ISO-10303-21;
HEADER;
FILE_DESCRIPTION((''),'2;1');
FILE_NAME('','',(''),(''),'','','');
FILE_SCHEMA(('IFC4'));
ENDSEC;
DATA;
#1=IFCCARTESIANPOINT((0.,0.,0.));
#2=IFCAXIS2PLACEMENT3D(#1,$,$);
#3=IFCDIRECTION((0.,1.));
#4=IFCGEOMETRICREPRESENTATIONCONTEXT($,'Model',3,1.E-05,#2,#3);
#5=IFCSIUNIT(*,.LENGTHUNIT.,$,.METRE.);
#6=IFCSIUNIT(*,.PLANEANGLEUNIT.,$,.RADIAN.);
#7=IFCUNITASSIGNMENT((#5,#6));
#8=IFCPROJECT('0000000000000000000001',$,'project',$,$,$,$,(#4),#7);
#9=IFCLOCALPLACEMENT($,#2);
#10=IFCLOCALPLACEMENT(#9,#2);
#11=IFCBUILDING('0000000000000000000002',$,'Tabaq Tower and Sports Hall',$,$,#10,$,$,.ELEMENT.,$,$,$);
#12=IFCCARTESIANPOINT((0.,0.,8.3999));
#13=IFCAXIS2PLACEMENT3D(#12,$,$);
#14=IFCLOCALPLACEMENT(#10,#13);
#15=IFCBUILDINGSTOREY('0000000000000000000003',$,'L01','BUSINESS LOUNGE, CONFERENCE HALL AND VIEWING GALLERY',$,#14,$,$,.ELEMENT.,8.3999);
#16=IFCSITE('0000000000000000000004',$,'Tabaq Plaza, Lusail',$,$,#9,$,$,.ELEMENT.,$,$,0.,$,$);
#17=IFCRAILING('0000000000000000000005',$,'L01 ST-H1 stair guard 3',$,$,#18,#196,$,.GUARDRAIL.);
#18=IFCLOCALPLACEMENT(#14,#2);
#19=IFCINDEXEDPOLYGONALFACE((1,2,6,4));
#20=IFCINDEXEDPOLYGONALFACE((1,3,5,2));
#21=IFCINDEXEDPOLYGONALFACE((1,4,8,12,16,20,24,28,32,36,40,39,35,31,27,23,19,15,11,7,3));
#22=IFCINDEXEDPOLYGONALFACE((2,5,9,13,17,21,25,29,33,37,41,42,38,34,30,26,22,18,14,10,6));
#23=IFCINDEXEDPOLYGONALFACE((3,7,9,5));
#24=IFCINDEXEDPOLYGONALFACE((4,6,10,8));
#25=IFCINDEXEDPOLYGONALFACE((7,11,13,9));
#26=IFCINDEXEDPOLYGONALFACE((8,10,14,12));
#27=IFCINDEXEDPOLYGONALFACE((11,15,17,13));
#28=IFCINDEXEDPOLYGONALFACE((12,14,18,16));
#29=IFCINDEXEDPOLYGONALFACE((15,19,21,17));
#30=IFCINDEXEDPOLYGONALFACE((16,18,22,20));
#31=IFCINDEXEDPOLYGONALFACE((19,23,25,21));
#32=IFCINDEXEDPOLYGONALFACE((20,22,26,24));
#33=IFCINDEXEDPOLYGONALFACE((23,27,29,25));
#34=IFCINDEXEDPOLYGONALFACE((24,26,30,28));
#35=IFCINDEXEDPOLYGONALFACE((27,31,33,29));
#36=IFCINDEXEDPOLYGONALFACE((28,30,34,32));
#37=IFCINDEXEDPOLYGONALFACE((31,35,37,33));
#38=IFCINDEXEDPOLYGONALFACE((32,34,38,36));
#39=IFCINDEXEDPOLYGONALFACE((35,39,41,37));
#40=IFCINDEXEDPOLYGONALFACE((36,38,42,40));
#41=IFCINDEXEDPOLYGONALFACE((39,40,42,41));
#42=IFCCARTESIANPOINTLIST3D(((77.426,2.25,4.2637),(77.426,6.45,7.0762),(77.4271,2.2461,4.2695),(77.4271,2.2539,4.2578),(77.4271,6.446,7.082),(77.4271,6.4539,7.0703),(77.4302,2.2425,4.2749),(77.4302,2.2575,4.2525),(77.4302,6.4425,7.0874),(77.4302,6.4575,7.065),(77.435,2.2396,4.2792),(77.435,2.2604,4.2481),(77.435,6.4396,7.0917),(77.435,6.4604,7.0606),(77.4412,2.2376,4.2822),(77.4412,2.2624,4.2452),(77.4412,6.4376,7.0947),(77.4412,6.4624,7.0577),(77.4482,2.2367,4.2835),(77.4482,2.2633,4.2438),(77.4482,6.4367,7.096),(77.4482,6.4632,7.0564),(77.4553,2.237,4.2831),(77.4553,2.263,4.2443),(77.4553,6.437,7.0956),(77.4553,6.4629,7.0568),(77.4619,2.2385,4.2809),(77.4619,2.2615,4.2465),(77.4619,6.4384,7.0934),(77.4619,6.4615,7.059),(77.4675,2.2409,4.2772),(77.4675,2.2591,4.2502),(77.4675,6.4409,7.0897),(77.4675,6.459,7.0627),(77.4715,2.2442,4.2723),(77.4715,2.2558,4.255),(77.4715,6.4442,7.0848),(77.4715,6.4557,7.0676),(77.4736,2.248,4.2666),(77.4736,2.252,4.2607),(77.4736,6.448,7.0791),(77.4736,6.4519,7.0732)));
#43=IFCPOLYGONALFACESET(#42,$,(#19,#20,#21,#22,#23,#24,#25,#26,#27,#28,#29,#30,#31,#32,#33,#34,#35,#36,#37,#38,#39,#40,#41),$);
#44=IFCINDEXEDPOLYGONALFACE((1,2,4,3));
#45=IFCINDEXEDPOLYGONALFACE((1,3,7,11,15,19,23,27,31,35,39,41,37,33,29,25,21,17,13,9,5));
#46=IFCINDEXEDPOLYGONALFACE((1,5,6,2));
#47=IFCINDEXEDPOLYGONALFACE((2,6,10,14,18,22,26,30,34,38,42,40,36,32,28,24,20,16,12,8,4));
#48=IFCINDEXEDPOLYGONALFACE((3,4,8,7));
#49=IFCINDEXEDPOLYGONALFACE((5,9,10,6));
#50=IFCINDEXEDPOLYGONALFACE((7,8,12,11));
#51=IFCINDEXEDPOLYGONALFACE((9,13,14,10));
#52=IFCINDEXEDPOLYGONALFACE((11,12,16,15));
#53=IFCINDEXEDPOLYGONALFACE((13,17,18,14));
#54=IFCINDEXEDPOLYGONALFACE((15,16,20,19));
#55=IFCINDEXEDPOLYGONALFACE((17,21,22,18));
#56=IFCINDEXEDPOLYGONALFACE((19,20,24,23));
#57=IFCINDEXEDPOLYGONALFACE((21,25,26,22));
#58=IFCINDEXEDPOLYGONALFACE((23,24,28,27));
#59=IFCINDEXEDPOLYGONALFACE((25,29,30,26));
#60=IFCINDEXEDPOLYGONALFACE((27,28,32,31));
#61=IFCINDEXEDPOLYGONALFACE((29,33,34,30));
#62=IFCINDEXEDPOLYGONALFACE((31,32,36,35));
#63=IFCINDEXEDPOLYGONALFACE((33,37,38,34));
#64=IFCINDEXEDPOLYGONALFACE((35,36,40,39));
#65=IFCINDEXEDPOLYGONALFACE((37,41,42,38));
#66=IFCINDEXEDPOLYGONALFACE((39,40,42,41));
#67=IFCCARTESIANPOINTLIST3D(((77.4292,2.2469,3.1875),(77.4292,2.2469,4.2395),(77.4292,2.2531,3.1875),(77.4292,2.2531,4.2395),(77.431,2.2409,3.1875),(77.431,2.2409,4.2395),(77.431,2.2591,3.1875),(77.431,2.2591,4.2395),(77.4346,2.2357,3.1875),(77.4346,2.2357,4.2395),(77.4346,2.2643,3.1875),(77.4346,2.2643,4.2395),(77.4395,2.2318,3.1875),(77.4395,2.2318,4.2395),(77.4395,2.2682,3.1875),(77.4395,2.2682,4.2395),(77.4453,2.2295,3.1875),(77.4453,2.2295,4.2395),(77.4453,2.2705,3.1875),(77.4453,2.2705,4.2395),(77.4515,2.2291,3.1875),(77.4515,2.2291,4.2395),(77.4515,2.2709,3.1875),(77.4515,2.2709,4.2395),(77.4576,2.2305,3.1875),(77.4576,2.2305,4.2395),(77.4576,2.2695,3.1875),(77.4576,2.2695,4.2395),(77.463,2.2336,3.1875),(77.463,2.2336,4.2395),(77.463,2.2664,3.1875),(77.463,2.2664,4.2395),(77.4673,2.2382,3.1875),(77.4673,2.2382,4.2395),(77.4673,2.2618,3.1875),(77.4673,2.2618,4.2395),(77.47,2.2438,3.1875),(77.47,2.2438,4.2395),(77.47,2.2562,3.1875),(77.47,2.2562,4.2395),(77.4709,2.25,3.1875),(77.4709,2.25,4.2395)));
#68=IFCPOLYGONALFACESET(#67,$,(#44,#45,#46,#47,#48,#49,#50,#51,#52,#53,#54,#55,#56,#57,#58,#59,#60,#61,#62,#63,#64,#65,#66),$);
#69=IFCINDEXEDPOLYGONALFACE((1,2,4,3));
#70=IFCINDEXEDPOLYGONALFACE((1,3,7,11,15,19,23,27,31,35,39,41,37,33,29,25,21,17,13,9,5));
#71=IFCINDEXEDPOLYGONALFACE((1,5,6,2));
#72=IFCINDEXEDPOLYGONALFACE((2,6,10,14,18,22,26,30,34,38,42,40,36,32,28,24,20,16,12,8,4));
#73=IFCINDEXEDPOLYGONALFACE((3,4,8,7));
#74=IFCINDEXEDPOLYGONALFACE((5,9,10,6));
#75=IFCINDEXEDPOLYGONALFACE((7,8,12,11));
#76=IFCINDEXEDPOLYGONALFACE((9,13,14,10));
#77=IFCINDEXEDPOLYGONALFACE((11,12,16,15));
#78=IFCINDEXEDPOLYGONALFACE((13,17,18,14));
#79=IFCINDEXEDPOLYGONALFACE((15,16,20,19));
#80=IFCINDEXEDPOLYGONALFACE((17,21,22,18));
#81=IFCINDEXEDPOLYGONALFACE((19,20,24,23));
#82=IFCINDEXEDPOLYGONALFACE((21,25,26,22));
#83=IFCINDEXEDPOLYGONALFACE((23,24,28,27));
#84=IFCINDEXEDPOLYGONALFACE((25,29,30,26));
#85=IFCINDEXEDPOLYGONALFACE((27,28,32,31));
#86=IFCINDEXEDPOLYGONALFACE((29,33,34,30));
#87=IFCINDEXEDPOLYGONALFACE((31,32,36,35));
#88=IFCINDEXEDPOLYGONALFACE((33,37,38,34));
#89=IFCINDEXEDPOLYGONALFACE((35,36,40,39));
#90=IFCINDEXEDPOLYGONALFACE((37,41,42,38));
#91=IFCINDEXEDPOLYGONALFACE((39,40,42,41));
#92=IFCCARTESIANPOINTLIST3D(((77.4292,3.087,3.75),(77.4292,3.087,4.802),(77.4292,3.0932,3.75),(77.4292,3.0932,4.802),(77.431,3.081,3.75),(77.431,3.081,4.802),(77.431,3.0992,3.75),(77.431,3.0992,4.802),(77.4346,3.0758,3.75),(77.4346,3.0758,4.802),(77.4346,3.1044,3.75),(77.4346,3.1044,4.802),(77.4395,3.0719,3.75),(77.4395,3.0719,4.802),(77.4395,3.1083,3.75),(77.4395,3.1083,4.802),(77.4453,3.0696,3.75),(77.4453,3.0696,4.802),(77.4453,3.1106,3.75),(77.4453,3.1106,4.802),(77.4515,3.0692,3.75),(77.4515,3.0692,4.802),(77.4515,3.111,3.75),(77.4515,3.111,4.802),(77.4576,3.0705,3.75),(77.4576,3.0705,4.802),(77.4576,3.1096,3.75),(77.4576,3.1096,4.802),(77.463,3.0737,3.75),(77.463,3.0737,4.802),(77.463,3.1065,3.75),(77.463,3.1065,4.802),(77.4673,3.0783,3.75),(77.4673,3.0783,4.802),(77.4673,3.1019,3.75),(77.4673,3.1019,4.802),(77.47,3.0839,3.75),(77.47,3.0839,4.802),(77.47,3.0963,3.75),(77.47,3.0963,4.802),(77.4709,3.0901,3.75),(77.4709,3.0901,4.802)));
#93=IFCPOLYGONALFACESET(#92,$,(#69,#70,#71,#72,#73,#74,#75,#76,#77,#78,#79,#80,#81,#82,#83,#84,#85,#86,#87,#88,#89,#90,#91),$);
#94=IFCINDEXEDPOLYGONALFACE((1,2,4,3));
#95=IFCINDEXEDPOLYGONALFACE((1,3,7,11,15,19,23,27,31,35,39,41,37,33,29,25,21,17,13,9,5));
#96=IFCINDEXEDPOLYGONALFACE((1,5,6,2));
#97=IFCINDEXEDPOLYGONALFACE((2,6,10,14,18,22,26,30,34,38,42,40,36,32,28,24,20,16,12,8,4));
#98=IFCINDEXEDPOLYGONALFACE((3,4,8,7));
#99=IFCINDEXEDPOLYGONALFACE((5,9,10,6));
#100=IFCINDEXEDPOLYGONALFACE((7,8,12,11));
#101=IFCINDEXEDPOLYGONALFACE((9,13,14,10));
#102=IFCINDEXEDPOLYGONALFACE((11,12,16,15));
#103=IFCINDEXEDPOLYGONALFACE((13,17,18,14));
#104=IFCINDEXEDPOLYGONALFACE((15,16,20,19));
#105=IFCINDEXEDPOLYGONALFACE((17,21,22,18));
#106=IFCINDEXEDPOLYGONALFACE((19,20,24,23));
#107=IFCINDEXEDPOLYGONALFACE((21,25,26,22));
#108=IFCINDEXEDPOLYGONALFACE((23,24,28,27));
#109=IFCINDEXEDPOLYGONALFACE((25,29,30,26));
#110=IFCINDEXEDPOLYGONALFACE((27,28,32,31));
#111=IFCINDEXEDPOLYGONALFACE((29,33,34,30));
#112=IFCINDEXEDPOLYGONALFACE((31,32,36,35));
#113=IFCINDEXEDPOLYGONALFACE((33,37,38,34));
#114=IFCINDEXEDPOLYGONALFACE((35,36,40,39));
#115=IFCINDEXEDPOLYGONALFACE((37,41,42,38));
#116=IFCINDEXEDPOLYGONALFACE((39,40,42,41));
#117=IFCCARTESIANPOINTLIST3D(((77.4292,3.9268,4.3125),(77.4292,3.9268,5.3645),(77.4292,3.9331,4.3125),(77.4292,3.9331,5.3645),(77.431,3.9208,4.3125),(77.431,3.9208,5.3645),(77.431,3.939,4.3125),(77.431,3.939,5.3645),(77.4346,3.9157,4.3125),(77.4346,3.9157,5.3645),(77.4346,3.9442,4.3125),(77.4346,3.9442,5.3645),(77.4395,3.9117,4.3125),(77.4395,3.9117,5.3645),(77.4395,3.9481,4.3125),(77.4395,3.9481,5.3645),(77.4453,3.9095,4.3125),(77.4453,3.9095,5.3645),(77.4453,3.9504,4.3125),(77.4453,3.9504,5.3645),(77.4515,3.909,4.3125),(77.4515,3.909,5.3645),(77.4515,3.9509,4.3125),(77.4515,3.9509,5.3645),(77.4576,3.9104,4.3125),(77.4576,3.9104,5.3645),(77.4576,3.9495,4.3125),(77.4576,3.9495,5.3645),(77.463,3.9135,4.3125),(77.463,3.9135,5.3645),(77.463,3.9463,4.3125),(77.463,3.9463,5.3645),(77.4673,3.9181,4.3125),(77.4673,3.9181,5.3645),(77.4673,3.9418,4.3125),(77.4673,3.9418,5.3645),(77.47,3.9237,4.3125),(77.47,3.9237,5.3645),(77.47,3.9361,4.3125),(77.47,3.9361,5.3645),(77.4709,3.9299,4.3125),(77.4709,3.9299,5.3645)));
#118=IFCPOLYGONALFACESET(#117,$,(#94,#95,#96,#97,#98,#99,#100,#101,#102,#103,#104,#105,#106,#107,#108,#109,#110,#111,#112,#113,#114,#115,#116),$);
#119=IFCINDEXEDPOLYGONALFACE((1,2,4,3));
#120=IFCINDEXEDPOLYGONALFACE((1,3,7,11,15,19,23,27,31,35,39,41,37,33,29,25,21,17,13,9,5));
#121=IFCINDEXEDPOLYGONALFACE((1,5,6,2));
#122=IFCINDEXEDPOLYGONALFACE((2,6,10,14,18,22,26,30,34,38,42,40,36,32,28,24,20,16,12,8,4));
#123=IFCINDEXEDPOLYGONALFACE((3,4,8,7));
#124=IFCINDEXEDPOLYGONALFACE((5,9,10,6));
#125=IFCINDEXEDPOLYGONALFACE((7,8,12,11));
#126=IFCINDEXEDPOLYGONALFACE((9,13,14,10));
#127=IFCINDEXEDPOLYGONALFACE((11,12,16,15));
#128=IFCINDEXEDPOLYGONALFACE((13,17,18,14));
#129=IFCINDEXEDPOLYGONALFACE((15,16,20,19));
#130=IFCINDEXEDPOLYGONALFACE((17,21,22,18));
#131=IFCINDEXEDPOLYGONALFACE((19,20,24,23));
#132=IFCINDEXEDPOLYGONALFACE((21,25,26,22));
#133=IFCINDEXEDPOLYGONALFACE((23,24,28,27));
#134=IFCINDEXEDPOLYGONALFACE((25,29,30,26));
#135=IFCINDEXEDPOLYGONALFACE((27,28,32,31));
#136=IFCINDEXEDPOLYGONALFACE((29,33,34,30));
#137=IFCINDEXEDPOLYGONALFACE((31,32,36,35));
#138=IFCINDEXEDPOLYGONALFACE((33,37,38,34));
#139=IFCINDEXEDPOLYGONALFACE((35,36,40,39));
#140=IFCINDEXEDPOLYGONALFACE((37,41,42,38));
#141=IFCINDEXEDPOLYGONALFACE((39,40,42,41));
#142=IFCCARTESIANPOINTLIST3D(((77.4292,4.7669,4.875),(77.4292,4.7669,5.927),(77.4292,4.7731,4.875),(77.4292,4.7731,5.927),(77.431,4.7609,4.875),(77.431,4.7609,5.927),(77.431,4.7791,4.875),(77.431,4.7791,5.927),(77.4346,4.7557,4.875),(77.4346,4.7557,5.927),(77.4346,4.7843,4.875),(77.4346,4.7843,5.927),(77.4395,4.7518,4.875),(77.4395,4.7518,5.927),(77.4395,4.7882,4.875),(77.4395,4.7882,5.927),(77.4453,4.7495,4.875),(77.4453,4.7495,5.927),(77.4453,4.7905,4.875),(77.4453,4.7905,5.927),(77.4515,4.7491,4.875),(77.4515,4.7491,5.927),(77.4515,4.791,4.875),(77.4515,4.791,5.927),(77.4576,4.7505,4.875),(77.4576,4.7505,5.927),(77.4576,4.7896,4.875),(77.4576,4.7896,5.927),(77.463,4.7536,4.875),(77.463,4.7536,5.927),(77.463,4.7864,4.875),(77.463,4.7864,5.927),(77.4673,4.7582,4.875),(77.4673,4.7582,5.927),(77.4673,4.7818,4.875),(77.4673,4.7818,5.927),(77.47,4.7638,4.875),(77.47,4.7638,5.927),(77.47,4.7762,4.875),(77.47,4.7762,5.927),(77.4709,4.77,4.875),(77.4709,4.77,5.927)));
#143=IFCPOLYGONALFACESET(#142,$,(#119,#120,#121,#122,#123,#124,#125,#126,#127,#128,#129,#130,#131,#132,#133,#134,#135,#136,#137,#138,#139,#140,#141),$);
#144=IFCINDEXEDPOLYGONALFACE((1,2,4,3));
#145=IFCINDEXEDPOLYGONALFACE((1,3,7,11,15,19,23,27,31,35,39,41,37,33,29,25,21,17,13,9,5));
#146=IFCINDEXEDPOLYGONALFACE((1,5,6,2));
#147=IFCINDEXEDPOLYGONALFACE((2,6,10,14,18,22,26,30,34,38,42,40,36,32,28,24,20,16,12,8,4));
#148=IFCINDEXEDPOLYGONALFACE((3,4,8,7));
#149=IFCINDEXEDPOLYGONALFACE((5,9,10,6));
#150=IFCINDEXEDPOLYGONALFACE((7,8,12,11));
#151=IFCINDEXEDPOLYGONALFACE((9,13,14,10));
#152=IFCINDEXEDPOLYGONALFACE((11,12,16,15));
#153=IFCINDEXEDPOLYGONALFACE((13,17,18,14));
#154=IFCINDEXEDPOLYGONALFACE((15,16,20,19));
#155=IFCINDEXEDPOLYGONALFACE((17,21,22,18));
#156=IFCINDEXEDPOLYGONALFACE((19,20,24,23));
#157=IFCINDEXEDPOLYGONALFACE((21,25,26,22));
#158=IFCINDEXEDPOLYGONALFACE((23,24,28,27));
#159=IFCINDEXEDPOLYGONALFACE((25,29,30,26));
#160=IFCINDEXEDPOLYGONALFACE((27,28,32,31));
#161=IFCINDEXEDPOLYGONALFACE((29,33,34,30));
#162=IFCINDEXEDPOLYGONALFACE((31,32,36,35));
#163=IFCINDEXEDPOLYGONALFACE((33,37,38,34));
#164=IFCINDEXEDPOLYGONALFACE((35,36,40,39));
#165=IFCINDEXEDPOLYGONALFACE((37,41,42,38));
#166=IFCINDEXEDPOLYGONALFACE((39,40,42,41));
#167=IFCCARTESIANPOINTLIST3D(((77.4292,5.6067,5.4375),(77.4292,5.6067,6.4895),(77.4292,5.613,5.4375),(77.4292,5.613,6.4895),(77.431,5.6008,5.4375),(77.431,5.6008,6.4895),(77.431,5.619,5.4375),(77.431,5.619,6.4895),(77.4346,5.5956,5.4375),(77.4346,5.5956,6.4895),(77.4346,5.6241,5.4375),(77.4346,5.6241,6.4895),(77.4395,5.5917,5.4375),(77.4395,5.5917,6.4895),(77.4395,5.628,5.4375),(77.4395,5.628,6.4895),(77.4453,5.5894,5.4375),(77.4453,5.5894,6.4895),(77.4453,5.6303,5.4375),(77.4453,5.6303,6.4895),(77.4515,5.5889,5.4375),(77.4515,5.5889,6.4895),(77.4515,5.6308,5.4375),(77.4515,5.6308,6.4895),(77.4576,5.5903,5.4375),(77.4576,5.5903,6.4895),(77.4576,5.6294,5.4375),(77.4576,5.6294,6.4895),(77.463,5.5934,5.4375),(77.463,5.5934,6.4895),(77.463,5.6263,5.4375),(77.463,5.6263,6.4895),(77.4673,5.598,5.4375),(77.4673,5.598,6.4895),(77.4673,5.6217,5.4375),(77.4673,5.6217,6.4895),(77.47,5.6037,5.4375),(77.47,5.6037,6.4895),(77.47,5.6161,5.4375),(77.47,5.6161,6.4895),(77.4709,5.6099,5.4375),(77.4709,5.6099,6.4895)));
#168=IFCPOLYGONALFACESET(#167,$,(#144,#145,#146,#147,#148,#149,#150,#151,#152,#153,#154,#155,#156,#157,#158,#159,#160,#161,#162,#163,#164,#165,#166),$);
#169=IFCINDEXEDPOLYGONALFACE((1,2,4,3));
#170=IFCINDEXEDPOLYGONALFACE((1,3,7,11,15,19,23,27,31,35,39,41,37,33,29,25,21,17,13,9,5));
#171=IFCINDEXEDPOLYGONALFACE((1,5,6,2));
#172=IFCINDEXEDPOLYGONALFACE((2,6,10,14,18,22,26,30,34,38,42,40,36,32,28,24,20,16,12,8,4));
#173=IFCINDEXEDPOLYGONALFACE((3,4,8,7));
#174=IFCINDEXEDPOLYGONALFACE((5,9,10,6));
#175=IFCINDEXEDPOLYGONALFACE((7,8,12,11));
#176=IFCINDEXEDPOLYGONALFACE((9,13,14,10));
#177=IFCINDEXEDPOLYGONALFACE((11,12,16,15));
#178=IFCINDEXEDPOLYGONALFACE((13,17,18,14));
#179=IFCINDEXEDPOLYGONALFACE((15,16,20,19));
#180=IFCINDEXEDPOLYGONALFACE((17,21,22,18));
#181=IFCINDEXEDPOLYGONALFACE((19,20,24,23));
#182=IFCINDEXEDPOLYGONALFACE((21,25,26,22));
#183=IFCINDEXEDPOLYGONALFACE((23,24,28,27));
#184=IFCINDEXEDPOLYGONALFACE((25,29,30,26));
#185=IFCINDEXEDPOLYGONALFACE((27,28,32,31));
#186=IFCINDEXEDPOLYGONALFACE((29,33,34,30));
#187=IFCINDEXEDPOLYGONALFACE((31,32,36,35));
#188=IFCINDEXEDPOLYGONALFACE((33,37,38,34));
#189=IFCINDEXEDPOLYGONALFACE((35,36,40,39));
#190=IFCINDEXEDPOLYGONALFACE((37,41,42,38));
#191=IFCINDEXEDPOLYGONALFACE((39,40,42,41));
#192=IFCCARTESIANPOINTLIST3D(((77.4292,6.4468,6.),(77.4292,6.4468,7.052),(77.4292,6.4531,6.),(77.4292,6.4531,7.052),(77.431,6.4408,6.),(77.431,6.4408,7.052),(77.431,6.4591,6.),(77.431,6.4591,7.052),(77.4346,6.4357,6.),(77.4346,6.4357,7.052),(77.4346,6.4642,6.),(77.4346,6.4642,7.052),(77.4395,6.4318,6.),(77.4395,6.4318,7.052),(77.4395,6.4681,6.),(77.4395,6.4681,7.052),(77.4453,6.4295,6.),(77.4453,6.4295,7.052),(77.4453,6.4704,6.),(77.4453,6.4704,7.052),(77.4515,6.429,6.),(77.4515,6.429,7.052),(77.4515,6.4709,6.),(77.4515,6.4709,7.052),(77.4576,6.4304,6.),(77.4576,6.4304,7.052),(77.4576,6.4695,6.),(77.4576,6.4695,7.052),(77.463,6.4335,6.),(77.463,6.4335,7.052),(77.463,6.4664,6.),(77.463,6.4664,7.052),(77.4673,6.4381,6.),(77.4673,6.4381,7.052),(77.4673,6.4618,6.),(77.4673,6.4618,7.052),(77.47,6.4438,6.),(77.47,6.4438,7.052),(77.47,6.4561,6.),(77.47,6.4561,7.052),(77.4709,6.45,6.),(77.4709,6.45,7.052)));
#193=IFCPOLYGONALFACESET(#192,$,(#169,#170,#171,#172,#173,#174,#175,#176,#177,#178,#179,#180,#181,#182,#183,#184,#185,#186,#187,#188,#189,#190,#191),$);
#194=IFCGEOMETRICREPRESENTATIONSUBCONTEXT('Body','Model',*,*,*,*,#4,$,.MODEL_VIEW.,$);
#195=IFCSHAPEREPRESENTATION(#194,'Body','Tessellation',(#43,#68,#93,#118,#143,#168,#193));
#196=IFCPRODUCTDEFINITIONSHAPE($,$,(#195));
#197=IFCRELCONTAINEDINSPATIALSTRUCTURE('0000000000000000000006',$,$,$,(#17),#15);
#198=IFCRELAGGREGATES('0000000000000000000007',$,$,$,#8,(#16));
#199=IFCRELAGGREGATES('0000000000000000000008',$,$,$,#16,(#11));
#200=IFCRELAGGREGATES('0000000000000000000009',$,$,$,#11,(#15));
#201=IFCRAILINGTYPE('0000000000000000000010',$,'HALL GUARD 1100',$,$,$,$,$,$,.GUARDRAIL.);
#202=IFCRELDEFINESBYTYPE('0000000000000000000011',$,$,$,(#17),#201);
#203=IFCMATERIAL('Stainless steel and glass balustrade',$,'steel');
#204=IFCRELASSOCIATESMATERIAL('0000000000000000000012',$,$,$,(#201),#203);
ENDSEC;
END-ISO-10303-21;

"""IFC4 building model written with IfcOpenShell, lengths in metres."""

from ifc_helpers import new_model, si_unit, direction, frame, origin, origin_2d, place, context, subcontext, project, spatial, circle, extrude, material, type_object, element, save


model = new_model("IFC4")

# Units and contexts
model_context = context("Model", 3, precision=1e-05, world=origin(), true_north=direction((0.0, 1.0)))
body_context = subcontext(model_context, "Body", "Model", "MODEL_VIEW")
ifc_project = project(units=[si_unit("LENGTHUNIT", "METRE"), si_unit("PLANEANGLEUNIT", "RADIAN")], contexts=[model_context])

# Site, building, storey
site_placement = place(None, origin())
site = spatial("IfcSite", under=ifc_project, at=site_placement, Name="Tabaq Plaza, Lusail", CompositionType="ELEMENT", RefElevation=0.0)
building_placement = place(site_placement, origin())
building = spatial("IfcBuilding", under=site, at=building_placement, Name="Tabaq Tower and Sports Hall", CompositionType="ELEMENT")
storey_placement = place(building_placement, frame((0.0, 0.0, 8.3999)))
storey = spatial("IfcBuildingStorey", under=building, at=storey_placement, Name="L01", Description="BUSINESS LOUNGE, CONFERENCE HALL AND VIEWING GALLERY", CompositionType="ELEMENT", Elevation=8.3999)

# Railing
ifc_material_1 = material(Name="Stainless steel and glass balustrade", Category="steel")
railing_type_1 = type_object("IfcRailingType", Name="HALL GUARD 1100", PredefinedType="GUARDRAIL", material=ifc_material_1)
railing_1_placement = place(storey_placement, frame((77.45, 2.25, 3.1875)))
element("IfcRailing", 1, at=railing_1_placement, inside=storey, type_object=railing_type_1, Name="L01 ST-H1 stair guard 3", PredefinedType="GUARDRAIL", context=body_context, shape_type="SweptSolid", body=[
    extrude(circle(Radius=0.0239, at=origin_2d()), frame((0.0, 0.0, 1.0762), z_axis=(0.0, 0.830904, 0.556416), x_axis=(-1.0, 0.0, 0.0)), (0.0, 0.0, 1.0), 5.0547),
    extrude(circle(Radius=0.021, at=origin_2d()), origin(), (0.0, 0.0, 1.0), 1.052),
    extrude(circle(Radius=0.021, at=origin_2d()), frame((0.0, 0.8401, 0.5625)), (0.0, 0.0, 1.0), 1.052),
    extrude(circle(Radius=0.021, at=origin_2d()), frame((0.0, 1.6799, 1.125)), (0.0, 0.0, 1.0), 1.052),
    extrude(circle(Radius=0.021, at=origin_2d()), frame((0.0, 2.52, 1.6875)), (0.0, 0.0, 1.0), 1.052),
    extrude(circle(Radius=0.021, at=origin_2d()), frame((0.0, 3.3599, 2.25)), (0.0, 0.0, 1.0), 1.052),
    extrude(circle(Radius=0.021, at=origin_2d()), frame((0.0, 4.2, 2.8125)), (0.0, 0.0, 1.0), 1.052),
])

save(model, "model.ifc")
